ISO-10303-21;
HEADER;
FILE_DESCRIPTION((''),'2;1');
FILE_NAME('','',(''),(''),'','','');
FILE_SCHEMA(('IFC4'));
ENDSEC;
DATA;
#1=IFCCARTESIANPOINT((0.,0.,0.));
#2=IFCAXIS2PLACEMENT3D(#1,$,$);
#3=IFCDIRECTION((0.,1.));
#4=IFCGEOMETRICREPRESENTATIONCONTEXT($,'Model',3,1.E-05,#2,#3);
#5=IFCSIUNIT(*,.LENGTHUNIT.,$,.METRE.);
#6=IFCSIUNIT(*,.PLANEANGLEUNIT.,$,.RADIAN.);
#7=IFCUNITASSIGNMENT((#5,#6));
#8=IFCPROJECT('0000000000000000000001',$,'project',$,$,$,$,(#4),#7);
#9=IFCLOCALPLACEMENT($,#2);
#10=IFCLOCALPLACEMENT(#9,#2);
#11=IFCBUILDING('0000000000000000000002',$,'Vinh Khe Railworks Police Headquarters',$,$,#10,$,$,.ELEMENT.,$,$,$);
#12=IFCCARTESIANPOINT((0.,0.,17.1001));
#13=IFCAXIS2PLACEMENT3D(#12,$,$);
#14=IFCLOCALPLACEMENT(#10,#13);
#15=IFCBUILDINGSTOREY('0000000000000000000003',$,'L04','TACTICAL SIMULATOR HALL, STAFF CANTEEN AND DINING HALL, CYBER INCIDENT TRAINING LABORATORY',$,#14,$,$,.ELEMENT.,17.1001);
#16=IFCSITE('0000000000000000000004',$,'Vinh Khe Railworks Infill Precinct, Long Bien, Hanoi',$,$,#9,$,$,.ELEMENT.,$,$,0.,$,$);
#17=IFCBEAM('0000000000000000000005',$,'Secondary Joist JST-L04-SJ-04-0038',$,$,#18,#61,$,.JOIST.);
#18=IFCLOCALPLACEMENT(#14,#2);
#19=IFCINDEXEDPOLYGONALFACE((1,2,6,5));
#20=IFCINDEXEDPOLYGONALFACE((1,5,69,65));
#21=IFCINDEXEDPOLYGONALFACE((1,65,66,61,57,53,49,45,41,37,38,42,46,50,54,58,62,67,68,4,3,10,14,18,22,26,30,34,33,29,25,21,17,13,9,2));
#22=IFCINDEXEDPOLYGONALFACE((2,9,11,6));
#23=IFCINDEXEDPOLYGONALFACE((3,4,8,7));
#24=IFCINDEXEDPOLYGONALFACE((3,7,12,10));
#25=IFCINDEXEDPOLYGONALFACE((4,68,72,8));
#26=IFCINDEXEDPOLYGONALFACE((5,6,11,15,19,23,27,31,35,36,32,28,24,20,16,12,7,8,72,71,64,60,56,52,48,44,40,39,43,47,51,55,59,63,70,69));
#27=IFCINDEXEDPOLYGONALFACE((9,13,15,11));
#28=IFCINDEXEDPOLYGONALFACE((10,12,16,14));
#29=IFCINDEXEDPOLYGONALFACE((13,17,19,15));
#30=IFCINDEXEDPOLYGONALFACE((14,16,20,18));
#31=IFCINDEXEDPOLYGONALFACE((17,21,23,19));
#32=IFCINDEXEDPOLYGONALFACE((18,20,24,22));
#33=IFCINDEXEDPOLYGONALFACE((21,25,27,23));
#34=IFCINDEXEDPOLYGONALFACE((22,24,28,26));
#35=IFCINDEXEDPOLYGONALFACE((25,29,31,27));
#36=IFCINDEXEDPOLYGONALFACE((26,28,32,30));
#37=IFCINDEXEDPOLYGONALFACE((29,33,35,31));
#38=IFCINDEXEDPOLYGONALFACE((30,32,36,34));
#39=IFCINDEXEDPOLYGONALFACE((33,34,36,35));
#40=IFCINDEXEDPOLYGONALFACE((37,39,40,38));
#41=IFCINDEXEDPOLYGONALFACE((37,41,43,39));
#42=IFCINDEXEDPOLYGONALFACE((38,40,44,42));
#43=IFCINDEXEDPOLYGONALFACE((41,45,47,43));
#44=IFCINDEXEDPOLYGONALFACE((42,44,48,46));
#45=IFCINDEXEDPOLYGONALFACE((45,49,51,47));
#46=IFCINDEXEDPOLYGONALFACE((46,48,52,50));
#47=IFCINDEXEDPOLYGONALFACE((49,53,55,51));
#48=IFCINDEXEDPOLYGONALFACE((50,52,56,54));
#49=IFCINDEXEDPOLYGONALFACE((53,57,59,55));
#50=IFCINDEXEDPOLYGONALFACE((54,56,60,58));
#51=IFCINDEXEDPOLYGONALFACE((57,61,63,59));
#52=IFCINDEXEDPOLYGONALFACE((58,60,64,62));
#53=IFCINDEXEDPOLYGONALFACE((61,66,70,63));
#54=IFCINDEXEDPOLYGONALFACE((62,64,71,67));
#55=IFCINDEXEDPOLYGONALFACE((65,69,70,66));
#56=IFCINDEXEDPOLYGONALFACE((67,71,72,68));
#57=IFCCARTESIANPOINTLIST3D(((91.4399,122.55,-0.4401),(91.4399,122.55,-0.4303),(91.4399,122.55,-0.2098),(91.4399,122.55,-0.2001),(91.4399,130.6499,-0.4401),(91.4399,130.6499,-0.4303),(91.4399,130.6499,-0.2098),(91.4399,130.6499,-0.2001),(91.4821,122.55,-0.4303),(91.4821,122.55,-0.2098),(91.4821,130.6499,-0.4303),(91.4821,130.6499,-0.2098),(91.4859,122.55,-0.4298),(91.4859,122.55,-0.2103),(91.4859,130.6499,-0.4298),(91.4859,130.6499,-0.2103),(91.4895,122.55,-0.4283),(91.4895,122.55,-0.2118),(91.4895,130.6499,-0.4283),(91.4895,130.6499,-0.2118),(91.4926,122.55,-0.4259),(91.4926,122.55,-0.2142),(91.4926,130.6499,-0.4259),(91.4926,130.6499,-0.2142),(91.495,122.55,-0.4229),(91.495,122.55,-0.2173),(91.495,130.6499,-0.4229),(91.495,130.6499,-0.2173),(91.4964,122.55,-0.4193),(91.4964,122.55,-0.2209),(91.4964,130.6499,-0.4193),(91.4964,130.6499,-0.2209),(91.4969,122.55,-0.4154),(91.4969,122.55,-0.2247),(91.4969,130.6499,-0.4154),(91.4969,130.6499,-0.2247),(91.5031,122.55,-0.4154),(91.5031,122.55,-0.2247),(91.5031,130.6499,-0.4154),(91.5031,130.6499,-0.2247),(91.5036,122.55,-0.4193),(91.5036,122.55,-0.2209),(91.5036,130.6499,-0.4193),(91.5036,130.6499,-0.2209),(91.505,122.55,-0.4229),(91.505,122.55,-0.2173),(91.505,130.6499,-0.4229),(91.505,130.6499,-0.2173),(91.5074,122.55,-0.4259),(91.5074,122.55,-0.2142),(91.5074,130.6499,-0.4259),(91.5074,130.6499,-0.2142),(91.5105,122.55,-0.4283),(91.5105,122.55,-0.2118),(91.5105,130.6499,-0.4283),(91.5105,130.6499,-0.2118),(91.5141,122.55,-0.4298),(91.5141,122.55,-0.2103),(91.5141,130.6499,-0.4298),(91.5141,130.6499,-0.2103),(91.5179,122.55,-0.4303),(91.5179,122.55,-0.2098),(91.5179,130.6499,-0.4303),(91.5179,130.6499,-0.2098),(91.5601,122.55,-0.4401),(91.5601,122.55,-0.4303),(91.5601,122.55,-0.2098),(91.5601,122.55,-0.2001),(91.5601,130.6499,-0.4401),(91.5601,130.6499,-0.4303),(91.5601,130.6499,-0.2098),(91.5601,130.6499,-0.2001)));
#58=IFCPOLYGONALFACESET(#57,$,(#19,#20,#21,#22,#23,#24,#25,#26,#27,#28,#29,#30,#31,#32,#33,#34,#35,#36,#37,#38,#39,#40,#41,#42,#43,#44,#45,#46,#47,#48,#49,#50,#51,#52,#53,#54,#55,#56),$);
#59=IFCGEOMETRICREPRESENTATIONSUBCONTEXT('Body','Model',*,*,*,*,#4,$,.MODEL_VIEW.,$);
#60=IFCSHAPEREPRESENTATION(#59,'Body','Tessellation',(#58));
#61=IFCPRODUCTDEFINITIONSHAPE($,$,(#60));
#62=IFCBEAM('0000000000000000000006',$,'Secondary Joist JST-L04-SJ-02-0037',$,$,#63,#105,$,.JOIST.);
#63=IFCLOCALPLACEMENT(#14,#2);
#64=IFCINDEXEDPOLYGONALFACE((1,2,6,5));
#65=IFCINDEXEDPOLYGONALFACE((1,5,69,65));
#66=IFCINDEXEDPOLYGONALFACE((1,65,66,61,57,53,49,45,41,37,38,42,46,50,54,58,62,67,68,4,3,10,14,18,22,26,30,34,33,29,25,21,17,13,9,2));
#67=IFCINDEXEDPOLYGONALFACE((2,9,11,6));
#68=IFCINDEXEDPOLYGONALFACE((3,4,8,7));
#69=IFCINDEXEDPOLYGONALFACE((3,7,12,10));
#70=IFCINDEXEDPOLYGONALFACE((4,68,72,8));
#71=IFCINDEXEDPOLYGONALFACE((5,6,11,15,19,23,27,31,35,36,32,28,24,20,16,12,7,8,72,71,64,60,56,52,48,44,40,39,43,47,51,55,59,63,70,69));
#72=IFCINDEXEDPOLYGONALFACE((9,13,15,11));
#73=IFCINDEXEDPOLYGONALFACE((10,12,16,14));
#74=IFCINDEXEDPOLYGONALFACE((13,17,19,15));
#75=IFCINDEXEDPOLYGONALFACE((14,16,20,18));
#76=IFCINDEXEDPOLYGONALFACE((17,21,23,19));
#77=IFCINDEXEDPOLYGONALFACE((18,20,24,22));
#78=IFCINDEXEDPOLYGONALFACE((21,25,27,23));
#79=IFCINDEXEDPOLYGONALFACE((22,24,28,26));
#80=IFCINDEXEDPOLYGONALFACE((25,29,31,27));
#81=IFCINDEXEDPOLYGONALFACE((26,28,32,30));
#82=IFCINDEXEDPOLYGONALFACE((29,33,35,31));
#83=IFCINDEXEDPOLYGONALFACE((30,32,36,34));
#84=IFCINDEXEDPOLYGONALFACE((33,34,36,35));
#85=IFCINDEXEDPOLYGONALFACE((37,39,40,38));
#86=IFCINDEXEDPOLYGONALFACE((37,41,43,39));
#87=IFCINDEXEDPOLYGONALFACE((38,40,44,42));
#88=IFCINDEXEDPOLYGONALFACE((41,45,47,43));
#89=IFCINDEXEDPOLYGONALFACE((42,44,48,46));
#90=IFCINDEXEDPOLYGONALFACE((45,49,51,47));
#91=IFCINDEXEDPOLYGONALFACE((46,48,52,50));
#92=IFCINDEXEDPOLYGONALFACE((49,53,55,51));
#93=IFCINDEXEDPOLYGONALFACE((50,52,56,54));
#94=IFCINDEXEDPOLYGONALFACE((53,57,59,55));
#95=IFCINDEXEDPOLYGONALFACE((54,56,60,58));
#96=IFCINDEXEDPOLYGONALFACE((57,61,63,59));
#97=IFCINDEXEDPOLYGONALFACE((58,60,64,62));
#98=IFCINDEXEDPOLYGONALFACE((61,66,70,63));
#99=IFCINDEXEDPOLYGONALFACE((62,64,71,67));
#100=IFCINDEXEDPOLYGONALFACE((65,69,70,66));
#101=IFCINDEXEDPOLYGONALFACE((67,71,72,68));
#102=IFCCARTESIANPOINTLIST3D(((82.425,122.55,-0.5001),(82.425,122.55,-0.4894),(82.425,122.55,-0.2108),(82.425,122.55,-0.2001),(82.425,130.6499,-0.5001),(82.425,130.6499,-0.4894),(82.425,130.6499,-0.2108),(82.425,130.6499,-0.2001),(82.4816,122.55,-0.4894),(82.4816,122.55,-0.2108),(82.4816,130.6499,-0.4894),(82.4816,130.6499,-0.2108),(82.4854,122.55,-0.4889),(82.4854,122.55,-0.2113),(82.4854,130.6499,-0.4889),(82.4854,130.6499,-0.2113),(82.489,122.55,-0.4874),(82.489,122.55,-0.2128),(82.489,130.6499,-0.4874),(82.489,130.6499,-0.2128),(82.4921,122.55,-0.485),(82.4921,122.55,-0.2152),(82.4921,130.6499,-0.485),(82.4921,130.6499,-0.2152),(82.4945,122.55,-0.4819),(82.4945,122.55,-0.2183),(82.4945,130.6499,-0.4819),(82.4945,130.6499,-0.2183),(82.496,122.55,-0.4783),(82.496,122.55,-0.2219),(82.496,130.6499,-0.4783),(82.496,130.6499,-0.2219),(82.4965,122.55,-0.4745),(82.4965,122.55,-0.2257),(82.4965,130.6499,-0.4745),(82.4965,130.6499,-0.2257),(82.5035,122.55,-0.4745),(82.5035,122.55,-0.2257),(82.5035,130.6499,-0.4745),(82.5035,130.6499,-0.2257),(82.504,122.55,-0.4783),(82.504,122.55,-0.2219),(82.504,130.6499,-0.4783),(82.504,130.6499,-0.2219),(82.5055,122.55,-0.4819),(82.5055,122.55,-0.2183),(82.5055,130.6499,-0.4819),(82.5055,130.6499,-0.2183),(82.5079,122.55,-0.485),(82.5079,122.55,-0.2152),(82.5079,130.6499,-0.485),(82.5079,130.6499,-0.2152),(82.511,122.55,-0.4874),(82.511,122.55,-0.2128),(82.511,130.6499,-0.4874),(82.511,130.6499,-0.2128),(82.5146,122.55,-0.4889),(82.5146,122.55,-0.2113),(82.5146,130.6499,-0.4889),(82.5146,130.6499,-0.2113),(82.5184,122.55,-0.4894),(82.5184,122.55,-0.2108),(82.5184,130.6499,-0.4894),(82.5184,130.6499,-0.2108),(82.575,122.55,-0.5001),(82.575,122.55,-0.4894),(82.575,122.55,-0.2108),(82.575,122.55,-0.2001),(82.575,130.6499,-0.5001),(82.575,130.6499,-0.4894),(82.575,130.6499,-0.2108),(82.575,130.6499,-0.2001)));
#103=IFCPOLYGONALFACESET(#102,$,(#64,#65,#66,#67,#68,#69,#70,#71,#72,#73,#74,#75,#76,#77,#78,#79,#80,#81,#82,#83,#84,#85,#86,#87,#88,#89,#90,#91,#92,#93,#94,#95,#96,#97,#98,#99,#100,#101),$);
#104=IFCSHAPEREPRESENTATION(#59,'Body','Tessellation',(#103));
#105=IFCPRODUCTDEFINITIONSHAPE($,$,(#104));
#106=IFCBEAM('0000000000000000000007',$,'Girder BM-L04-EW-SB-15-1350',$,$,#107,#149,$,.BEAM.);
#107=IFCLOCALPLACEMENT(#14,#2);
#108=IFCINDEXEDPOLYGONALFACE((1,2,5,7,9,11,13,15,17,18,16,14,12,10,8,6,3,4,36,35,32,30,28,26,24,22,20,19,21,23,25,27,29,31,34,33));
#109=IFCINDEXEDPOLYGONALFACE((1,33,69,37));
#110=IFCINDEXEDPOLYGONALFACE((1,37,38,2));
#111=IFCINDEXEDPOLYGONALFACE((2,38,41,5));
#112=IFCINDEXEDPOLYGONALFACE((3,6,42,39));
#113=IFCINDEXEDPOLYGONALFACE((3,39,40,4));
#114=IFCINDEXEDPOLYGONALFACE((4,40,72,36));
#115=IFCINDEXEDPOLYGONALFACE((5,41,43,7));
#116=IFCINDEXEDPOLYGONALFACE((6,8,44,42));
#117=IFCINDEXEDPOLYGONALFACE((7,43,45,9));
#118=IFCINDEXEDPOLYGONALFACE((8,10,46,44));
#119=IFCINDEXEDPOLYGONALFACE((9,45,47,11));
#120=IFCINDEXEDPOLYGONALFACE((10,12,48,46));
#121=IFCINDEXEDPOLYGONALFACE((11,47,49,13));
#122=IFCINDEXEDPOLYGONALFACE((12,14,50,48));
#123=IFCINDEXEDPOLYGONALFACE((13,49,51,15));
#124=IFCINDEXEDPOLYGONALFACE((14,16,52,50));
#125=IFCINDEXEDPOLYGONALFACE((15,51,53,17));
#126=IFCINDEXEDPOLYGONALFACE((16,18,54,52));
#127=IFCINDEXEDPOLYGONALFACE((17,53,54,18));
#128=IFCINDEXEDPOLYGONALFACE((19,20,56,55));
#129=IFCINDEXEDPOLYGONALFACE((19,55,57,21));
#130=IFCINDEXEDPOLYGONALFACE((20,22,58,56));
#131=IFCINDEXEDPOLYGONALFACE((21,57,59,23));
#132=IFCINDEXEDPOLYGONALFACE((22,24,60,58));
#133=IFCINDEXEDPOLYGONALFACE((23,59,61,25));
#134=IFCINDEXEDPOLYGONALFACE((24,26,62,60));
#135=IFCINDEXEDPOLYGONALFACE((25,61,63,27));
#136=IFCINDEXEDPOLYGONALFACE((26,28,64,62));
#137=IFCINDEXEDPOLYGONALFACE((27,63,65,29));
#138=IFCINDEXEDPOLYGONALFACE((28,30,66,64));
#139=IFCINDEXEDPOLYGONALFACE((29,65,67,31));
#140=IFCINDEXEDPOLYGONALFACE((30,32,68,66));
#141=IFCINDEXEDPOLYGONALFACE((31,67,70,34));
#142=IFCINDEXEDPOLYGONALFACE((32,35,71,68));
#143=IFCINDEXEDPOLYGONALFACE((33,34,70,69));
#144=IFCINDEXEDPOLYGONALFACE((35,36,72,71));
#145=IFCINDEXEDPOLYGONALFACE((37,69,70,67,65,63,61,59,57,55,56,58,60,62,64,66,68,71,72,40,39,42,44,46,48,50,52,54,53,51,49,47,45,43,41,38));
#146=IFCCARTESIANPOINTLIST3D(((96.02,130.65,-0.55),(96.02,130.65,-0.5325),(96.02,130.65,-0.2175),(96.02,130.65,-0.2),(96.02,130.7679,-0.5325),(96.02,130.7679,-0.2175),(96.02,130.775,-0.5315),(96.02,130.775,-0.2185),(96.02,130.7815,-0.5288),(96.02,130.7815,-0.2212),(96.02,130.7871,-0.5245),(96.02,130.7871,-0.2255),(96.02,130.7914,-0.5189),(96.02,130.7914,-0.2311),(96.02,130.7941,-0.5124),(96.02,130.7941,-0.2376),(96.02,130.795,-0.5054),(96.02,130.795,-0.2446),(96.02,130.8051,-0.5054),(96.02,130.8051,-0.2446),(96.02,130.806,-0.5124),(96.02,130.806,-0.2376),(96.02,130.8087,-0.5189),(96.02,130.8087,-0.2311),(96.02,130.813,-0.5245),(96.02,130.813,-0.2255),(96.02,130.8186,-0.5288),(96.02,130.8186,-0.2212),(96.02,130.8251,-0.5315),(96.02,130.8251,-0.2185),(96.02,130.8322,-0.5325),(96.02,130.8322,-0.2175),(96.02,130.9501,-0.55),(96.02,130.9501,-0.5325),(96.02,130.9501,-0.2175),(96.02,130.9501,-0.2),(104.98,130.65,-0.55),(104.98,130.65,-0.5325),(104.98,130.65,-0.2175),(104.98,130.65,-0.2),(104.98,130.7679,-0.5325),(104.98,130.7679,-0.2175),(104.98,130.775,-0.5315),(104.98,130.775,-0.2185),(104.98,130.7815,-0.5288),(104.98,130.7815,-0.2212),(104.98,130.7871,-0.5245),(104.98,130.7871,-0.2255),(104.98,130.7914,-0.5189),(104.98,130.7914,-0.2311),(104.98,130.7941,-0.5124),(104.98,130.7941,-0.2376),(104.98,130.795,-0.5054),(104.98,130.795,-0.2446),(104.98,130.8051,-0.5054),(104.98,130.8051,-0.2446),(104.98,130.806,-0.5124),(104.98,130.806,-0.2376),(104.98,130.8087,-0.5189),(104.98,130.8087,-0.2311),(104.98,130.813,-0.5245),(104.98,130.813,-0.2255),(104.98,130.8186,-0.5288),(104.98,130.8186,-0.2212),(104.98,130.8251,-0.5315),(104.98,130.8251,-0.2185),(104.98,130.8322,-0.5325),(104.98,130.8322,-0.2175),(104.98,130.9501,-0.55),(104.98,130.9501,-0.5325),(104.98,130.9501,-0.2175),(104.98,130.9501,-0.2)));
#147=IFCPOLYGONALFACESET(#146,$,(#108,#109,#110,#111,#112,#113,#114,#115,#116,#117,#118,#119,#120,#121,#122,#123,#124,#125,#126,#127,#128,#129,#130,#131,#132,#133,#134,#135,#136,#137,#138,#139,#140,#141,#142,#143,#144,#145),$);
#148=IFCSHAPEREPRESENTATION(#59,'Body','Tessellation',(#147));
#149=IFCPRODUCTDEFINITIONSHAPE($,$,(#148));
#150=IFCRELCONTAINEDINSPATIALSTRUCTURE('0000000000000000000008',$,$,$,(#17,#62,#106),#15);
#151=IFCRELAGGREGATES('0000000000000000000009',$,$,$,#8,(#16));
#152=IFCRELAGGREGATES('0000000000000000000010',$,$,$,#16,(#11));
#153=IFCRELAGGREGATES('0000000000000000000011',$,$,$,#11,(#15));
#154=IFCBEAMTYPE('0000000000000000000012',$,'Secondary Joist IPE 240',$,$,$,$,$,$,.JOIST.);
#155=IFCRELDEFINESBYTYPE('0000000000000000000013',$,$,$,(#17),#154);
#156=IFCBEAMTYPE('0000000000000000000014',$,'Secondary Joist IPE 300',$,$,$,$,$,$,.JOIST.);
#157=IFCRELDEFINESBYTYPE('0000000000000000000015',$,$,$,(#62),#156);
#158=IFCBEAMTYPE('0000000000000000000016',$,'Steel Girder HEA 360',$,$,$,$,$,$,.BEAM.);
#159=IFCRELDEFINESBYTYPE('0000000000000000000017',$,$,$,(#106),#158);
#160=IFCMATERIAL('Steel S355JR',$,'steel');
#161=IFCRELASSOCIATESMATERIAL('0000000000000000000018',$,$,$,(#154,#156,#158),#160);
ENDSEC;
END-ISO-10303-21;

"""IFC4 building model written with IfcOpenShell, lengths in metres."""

from ifc_helpers import new_model, si_unit, direction, frame, origin, origin_2d, place, context, subcontext, project, spatial, i_section, extrude, material, material_profile, profile_set, type_object, element, save


model = new_model("IFC4")

# Units and contexts
model_context = context("Model", 3, precision=1e-05, world=origin(), true_north=direction((0.0, 1.0)))
body_context = subcontext(model_context, "Body", "Model", "MODEL_VIEW")
ifc_project = project(units=[si_unit("LENGTHUNIT", "METRE"), si_unit("PLANEANGLEUNIT", "RADIAN")], contexts=[model_context])

# Site, building, storey
site_placement = place(None, origin())
site = spatial("IfcSite", under=ifc_project, at=site_placement, Name="Vinh Khe Railworks Infill Precinct, Long Bien, Hanoi", CompositionType="ELEMENT", RefElevation=0.0)
building_placement = place(site_placement, origin())
building = spatial("IfcBuilding", under=site, at=building_placement, Name="Vinh Khe Railworks Police Headquarters", CompositionType="ELEMENT")
storey_placement = place(building_placement, frame((0.0, 0.0, 17.1001)))
storey = spatial("IfcBuildingStorey", under=building, at=storey_placement, Name="L04", Description="TACTICAL SIMULATOR HALL, STAFF CANTEEN AND DINING HALL, CYBER INCIDENT TRAINING LABORATORY", CompositionType="ELEMENT", Elevation=17.1001)

# Shared definitions
ifc_material_1 = material(Name="Steel S355JR", Category="steel")

# Beams
ifc_material_profile_1 = material_profile(ifc_material_1, i_section(OverallWidth=0.1201, OverallDepth=0.24, WebThickness=0.0061, FlangeThickness=0.0098, FilletRadius=0.0149, at=origin_2d()), Name="IPE 240")
ifc_profile_set_1 = profile_set([ifc_material_profile_1], Name="Steel S355JR")
beam_type_1 = type_object("IfcBeamType", Name="Secondary Joist IPE 240", PredefinedType="JOIST", material=ifc_profile_set_1)
beam_1_placement = place(storey_placement, frame((91.5, 122.55, -0.3201), z_axis=(0.0, 1.0, 0.0), x_axis=(-1.0, 0.0, 0.0)))
element("IfcBeam", 1, at=beam_1_placement, inside=storey, type_object=beam_type_1, Name="Secondary Joist JST-L04-SJ-04-0038", PredefinedType="JOIST", context=body_context, shape_type="SweptSolid", body=[
    extrude(i_section(OverallWidth=0.1201, OverallDepth=0.24, WebThickness=0.0061, FlangeThickness=0.0098, FilletRadius=0.0149, at=origin_2d()), origin(), (0.0, 0.0, 1.0), 8.0999),
])
ifc_material_profile_2 = material_profile(ifc_material_1, i_section(OverallWidth=0.1499, OverallDepth=0.3, WebThickness=0.0071, FlangeThickness=0.0107, FilletRadius=0.0149, at=origin_2d()), Name="IPE 300")
ifc_profile_set_2 = profile_set([ifc_material_profile_2], Name="Steel S355JR")
beam_type_2 = type_object("IfcBeamType", Name="Secondary Joist IPE 300", PredefinedType="JOIST", material=ifc_profile_set_2)
beam_2_placement = place(storey_placement, frame((82.5, 122.55, -0.3501), z_axis=(0.0, 1.0, 0.0), x_axis=(-1.0, 0.0, 0.0)))
element("IfcBeam", 2, at=beam_2_placement, inside=storey, type_object=beam_type_2, Name="Secondary Joist JST-L04-SJ-02-0037", PredefinedType="JOIST", context=body_context, shape_type="SweptSolid", body=[
    extrude(i_section(OverallWidth=0.1499, OverallDepth=0.3, WebThickness=0.0071, FlangeThickness=0.0107, FilletRadius=0.0149, at=origin_2d()), origin(), (0.0, 0.0, 1.0), 8.0999),
])
ifc_material_profile_3 = material_profile(ifc_material_1, i_section(OverallWidth=0.3, OverallDepth=0.3501, WebThickness=0.01, FlangeThickness=0.0176, FilletRadius=0.0271, at=origin_2d()), Name="HEA 360")
ifc_profile_set_3 = profile_set([ifc_material_profile_3], Name="Steel S355JR")
beam_type_3 = type_object("IfcBeamType", Name="Steel Girder HEA 360", PredefinedType="BEAM", material=ifc_profile_set_3)
beam_3_placement = place(storey_placement, frame((96.02, 130.8, -0.375), z_axis=(1.0, 0.0, 0.0), x_axis=(0.0, 1.0, 0.0)))
element("IfcBeam", 3, at=beam_3_placement, inside=storey, type_object=beam_type_3, Name="Girder BM-L04-EW-SB-15-1350", PredefinedType="BEAM", context=body_context, shape_type="SweptSolid", body=[
    extrude(i_section(OverallWidth=0.3, OverallDepth=0.3501, WebThickness=0.01, FlangeThickness=0.0176, FilletRadius=0.0271, at=origin_2d()), origin(), (0.0, 0.0, 1.0), 8.96),
])

save(model, "model.ifc")
